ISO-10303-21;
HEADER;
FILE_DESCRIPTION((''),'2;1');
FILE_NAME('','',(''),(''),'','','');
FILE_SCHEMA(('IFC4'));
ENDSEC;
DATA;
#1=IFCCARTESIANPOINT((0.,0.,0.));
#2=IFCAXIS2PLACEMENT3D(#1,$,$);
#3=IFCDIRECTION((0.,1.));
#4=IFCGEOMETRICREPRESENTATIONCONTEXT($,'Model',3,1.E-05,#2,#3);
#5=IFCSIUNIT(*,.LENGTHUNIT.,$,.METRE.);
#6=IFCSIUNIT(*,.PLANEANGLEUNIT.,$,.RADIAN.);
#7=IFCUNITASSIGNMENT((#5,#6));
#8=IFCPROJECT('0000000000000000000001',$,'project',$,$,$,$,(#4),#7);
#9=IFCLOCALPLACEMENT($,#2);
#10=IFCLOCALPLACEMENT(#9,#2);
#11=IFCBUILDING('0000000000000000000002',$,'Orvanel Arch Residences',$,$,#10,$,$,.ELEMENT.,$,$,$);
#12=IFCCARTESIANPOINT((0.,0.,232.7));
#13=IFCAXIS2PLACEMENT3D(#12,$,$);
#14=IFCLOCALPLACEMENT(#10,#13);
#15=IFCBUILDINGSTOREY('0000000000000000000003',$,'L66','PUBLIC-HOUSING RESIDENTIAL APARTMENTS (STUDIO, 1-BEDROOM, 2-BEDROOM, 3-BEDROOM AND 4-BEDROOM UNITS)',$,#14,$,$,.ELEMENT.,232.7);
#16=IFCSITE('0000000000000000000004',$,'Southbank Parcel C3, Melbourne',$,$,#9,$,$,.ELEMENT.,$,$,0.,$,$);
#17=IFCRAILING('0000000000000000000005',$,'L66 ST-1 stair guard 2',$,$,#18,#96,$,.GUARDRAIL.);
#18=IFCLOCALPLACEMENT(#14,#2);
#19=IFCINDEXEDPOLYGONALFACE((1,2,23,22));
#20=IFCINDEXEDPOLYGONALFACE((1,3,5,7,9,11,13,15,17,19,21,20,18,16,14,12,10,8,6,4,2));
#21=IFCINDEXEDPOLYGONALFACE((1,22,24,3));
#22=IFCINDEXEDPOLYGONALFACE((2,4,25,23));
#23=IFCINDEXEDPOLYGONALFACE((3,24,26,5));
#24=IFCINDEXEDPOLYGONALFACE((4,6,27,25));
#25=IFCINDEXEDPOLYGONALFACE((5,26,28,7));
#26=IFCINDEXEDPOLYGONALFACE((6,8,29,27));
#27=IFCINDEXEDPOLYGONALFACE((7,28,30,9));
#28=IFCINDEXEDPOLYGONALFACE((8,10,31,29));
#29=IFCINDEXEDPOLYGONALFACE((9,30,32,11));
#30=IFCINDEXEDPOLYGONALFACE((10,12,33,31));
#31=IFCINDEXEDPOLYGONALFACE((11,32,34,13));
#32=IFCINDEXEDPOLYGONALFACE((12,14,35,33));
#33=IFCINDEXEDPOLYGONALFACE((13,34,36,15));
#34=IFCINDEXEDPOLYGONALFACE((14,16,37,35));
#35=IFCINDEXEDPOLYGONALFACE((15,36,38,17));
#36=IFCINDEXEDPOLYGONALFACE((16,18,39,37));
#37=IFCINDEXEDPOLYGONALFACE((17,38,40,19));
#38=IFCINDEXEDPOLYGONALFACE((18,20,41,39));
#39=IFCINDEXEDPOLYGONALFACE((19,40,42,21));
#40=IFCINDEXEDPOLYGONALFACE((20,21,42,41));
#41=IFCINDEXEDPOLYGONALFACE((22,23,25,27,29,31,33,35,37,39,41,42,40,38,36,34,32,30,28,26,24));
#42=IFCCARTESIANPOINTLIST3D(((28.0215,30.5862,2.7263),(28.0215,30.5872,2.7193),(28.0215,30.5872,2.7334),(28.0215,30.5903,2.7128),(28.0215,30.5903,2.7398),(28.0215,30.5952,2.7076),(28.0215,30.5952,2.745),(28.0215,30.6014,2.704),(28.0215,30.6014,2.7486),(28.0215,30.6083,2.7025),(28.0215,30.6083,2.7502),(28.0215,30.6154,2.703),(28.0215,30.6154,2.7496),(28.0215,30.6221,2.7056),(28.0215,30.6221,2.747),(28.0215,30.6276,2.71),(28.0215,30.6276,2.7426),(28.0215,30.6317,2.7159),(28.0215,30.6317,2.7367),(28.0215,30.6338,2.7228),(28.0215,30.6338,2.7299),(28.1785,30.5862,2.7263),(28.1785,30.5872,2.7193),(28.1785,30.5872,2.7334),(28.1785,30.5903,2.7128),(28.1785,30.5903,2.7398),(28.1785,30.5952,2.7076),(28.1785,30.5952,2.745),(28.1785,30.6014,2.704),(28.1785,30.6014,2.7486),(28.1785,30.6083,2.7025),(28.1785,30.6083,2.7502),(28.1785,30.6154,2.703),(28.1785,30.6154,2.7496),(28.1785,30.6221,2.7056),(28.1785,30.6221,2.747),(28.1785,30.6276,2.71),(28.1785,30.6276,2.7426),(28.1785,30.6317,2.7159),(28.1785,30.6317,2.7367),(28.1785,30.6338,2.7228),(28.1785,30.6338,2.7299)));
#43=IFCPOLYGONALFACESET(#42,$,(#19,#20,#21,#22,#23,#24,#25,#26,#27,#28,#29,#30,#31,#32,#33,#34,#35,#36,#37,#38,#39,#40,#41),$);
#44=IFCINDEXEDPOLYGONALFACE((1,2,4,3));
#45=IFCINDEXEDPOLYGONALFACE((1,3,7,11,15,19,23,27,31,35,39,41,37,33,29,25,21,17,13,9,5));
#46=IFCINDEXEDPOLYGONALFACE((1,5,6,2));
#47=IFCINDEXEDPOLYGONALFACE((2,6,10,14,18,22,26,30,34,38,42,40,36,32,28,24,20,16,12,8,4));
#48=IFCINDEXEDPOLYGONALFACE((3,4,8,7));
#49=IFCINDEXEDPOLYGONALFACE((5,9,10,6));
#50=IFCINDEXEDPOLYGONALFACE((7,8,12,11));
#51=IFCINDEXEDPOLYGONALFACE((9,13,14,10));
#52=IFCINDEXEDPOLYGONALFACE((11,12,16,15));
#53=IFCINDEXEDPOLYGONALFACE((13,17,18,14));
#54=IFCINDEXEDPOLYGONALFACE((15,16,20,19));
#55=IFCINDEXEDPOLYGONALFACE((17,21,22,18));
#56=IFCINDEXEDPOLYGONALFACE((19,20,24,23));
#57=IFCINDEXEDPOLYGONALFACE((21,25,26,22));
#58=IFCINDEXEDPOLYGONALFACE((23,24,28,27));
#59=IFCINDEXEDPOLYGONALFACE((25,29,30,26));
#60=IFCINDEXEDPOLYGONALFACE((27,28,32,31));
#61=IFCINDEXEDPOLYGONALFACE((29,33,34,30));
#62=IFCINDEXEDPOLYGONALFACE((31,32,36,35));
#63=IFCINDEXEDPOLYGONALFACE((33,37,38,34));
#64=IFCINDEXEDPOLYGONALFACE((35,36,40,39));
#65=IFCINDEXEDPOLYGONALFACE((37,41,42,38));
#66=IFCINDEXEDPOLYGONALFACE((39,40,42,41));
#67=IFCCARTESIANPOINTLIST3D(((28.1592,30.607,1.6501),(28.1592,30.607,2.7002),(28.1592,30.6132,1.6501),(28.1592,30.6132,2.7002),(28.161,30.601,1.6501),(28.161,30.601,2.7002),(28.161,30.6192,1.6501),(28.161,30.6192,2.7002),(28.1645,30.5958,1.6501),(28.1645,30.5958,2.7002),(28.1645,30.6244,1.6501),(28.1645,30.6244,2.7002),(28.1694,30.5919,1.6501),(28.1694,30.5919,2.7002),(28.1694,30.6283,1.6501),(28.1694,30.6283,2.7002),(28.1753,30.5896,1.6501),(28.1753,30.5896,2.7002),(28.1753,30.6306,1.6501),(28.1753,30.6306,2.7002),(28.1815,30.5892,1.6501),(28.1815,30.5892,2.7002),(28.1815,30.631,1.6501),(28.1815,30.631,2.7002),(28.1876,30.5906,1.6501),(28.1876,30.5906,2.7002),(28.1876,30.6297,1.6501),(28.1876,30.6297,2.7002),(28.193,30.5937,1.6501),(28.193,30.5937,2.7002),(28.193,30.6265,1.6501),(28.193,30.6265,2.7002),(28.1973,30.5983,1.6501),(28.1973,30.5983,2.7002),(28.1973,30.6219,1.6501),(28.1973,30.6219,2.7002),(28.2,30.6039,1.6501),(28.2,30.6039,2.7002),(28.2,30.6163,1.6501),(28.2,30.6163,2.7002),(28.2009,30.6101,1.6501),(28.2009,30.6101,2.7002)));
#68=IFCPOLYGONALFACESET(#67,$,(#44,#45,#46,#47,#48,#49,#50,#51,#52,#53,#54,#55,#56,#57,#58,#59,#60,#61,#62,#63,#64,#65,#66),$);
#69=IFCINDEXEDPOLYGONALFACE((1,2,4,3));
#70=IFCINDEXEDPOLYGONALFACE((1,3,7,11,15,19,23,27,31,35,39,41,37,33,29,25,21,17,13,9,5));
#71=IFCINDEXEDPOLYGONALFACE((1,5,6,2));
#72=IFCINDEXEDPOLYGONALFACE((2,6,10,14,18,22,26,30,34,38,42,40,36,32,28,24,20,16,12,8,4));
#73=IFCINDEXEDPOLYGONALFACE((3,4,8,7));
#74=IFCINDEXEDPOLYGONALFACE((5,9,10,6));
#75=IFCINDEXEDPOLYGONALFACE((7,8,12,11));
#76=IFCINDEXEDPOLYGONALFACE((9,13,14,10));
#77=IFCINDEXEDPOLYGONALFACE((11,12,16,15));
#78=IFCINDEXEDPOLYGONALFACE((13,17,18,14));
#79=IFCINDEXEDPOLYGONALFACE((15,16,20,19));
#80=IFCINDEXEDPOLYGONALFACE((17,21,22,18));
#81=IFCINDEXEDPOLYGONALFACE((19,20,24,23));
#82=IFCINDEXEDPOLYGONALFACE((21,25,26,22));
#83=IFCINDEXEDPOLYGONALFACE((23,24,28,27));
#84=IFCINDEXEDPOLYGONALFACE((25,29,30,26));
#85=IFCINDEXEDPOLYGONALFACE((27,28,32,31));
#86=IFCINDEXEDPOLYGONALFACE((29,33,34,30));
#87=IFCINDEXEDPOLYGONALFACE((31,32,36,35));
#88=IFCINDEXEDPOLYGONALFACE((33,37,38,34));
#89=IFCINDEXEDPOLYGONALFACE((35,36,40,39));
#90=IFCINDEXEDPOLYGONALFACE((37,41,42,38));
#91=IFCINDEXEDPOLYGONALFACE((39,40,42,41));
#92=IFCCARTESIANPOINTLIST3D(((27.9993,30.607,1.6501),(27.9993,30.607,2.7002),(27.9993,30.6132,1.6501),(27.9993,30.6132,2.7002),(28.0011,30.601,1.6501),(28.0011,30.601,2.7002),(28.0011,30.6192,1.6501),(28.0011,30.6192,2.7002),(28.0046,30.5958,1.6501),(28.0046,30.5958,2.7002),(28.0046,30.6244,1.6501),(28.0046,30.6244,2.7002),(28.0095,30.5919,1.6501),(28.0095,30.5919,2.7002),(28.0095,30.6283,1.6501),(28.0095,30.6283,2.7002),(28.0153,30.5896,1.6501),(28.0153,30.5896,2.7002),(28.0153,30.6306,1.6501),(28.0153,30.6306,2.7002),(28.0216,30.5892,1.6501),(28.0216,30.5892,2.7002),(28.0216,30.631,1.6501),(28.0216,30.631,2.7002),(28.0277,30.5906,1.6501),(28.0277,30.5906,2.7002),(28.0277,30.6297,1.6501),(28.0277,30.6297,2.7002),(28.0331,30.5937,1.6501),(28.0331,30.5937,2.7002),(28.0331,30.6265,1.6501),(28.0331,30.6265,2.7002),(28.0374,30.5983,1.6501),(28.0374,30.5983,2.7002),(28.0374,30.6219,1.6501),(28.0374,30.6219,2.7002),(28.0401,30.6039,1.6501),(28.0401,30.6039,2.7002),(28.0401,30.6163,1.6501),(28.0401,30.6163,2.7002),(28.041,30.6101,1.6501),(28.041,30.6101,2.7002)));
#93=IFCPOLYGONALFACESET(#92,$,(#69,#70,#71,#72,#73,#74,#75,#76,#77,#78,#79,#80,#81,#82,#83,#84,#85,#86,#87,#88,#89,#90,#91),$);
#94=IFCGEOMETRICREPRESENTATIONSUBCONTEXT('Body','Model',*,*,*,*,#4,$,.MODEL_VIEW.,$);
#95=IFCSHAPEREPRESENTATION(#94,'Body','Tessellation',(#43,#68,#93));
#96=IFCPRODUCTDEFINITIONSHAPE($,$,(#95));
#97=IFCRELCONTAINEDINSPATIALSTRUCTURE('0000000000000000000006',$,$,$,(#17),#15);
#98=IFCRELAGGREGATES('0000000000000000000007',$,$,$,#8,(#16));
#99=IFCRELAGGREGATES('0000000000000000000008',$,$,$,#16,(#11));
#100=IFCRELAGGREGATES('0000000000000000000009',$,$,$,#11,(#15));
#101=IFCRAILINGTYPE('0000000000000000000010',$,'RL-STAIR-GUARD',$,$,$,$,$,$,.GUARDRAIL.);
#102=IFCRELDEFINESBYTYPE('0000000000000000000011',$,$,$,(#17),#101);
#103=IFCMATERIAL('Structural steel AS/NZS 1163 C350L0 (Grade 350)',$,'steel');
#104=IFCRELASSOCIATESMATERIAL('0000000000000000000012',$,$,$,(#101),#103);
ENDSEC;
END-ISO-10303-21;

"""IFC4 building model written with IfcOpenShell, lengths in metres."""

from ifc_helpers import new_model, si_unit, direction, frame, origin, origin_2d, place, context, subcontext, project, spatial, circle, extrude, material, type_object, element, save


model = new_model("IFC4")

# Units and contexts
model_context = context("Model", 3, precision=1e-05, world=origin(), true_north=direction((0.0, 1.0)))
body_context = subcontext(model_context, "Body", "Model", "MODEL_VIEW")
ifc_project = project(units=[si_unit("LENGTHUNIT", "METRE"), si_unit("PLANEANGLEUNIT", "RADIAN")], contexts=[model_context])

# Site, building, storey
site_placement = place(None, origin())
site = spatial("IfcSite", under=ifc_project, at=site_placement, Name="Southbank Parcel C3, Melbourne", CompositionType="ELEMENT", RefElevation=0.0)
building_placement = place(site_placement, origin())
building = spatial("IfcBuilding", under=site, at=building_placement, Name="Orvanel Arch Residences", CompositionType="ELEMENT")
storey_placement = place(building_placement, frame((0.0, 0.0, 232.7)))
storey = spatial("IfcBuildingStorey", under=building, at=storey_placement, Name="L66", Description="PUBLIC-HOUSING RESIDENTIAL APARTMENTS (STUDIO, 1-BEDROOM, 2-BEDROOM, 3-BEDROOM AND 4-BEDROOM UNITS)", CompositionType="ELEMENT", Elevation=232.7)

# Railing
ifc_material_1 = material(Name="Structural steel AS/NZS 1163 C350L0 (Grade 350)", Category="steel")
railing_type_1 = type_object("IfcRailingType", Name="RL-STAIR-GUARD", PredefinedType="GUARDRAIL", material=ifc_material_1)
railing_1_placement = place(storey_placement, frame((28.1799, 30.6101, 1.6501)))
element("IfcRailing", 1, at=railing_1_placement, inside=storey, type_object=railing_type_1, Name="L66 ST-1 stair guard 2", PredefinedType="GUARDRAIL", context=body_context, shape_type="SweptSolid", body=[
    extrude(circle(Radius=0.0239, at=origin_2d()), frame((-0.0015, 0.0, 1.0762), z_axis=(-1.0, 0.0, 0.0), x_axis=(0.0, -1.0, 0.0)), (0.0, 0.0, 1.0), 0.157),
    extrude(circle(Radius=0.021, at=origin_2d()), origin(), (0.0, 0.0, 1.0), 1.05),
    extrude(circle(Radius=0.021, at=origin_2d()), frame((-0.1599, 0.0, 0.0)), (0.0, 0.0, 1.0), 1.05),
])

save(model, "model.ifc")
